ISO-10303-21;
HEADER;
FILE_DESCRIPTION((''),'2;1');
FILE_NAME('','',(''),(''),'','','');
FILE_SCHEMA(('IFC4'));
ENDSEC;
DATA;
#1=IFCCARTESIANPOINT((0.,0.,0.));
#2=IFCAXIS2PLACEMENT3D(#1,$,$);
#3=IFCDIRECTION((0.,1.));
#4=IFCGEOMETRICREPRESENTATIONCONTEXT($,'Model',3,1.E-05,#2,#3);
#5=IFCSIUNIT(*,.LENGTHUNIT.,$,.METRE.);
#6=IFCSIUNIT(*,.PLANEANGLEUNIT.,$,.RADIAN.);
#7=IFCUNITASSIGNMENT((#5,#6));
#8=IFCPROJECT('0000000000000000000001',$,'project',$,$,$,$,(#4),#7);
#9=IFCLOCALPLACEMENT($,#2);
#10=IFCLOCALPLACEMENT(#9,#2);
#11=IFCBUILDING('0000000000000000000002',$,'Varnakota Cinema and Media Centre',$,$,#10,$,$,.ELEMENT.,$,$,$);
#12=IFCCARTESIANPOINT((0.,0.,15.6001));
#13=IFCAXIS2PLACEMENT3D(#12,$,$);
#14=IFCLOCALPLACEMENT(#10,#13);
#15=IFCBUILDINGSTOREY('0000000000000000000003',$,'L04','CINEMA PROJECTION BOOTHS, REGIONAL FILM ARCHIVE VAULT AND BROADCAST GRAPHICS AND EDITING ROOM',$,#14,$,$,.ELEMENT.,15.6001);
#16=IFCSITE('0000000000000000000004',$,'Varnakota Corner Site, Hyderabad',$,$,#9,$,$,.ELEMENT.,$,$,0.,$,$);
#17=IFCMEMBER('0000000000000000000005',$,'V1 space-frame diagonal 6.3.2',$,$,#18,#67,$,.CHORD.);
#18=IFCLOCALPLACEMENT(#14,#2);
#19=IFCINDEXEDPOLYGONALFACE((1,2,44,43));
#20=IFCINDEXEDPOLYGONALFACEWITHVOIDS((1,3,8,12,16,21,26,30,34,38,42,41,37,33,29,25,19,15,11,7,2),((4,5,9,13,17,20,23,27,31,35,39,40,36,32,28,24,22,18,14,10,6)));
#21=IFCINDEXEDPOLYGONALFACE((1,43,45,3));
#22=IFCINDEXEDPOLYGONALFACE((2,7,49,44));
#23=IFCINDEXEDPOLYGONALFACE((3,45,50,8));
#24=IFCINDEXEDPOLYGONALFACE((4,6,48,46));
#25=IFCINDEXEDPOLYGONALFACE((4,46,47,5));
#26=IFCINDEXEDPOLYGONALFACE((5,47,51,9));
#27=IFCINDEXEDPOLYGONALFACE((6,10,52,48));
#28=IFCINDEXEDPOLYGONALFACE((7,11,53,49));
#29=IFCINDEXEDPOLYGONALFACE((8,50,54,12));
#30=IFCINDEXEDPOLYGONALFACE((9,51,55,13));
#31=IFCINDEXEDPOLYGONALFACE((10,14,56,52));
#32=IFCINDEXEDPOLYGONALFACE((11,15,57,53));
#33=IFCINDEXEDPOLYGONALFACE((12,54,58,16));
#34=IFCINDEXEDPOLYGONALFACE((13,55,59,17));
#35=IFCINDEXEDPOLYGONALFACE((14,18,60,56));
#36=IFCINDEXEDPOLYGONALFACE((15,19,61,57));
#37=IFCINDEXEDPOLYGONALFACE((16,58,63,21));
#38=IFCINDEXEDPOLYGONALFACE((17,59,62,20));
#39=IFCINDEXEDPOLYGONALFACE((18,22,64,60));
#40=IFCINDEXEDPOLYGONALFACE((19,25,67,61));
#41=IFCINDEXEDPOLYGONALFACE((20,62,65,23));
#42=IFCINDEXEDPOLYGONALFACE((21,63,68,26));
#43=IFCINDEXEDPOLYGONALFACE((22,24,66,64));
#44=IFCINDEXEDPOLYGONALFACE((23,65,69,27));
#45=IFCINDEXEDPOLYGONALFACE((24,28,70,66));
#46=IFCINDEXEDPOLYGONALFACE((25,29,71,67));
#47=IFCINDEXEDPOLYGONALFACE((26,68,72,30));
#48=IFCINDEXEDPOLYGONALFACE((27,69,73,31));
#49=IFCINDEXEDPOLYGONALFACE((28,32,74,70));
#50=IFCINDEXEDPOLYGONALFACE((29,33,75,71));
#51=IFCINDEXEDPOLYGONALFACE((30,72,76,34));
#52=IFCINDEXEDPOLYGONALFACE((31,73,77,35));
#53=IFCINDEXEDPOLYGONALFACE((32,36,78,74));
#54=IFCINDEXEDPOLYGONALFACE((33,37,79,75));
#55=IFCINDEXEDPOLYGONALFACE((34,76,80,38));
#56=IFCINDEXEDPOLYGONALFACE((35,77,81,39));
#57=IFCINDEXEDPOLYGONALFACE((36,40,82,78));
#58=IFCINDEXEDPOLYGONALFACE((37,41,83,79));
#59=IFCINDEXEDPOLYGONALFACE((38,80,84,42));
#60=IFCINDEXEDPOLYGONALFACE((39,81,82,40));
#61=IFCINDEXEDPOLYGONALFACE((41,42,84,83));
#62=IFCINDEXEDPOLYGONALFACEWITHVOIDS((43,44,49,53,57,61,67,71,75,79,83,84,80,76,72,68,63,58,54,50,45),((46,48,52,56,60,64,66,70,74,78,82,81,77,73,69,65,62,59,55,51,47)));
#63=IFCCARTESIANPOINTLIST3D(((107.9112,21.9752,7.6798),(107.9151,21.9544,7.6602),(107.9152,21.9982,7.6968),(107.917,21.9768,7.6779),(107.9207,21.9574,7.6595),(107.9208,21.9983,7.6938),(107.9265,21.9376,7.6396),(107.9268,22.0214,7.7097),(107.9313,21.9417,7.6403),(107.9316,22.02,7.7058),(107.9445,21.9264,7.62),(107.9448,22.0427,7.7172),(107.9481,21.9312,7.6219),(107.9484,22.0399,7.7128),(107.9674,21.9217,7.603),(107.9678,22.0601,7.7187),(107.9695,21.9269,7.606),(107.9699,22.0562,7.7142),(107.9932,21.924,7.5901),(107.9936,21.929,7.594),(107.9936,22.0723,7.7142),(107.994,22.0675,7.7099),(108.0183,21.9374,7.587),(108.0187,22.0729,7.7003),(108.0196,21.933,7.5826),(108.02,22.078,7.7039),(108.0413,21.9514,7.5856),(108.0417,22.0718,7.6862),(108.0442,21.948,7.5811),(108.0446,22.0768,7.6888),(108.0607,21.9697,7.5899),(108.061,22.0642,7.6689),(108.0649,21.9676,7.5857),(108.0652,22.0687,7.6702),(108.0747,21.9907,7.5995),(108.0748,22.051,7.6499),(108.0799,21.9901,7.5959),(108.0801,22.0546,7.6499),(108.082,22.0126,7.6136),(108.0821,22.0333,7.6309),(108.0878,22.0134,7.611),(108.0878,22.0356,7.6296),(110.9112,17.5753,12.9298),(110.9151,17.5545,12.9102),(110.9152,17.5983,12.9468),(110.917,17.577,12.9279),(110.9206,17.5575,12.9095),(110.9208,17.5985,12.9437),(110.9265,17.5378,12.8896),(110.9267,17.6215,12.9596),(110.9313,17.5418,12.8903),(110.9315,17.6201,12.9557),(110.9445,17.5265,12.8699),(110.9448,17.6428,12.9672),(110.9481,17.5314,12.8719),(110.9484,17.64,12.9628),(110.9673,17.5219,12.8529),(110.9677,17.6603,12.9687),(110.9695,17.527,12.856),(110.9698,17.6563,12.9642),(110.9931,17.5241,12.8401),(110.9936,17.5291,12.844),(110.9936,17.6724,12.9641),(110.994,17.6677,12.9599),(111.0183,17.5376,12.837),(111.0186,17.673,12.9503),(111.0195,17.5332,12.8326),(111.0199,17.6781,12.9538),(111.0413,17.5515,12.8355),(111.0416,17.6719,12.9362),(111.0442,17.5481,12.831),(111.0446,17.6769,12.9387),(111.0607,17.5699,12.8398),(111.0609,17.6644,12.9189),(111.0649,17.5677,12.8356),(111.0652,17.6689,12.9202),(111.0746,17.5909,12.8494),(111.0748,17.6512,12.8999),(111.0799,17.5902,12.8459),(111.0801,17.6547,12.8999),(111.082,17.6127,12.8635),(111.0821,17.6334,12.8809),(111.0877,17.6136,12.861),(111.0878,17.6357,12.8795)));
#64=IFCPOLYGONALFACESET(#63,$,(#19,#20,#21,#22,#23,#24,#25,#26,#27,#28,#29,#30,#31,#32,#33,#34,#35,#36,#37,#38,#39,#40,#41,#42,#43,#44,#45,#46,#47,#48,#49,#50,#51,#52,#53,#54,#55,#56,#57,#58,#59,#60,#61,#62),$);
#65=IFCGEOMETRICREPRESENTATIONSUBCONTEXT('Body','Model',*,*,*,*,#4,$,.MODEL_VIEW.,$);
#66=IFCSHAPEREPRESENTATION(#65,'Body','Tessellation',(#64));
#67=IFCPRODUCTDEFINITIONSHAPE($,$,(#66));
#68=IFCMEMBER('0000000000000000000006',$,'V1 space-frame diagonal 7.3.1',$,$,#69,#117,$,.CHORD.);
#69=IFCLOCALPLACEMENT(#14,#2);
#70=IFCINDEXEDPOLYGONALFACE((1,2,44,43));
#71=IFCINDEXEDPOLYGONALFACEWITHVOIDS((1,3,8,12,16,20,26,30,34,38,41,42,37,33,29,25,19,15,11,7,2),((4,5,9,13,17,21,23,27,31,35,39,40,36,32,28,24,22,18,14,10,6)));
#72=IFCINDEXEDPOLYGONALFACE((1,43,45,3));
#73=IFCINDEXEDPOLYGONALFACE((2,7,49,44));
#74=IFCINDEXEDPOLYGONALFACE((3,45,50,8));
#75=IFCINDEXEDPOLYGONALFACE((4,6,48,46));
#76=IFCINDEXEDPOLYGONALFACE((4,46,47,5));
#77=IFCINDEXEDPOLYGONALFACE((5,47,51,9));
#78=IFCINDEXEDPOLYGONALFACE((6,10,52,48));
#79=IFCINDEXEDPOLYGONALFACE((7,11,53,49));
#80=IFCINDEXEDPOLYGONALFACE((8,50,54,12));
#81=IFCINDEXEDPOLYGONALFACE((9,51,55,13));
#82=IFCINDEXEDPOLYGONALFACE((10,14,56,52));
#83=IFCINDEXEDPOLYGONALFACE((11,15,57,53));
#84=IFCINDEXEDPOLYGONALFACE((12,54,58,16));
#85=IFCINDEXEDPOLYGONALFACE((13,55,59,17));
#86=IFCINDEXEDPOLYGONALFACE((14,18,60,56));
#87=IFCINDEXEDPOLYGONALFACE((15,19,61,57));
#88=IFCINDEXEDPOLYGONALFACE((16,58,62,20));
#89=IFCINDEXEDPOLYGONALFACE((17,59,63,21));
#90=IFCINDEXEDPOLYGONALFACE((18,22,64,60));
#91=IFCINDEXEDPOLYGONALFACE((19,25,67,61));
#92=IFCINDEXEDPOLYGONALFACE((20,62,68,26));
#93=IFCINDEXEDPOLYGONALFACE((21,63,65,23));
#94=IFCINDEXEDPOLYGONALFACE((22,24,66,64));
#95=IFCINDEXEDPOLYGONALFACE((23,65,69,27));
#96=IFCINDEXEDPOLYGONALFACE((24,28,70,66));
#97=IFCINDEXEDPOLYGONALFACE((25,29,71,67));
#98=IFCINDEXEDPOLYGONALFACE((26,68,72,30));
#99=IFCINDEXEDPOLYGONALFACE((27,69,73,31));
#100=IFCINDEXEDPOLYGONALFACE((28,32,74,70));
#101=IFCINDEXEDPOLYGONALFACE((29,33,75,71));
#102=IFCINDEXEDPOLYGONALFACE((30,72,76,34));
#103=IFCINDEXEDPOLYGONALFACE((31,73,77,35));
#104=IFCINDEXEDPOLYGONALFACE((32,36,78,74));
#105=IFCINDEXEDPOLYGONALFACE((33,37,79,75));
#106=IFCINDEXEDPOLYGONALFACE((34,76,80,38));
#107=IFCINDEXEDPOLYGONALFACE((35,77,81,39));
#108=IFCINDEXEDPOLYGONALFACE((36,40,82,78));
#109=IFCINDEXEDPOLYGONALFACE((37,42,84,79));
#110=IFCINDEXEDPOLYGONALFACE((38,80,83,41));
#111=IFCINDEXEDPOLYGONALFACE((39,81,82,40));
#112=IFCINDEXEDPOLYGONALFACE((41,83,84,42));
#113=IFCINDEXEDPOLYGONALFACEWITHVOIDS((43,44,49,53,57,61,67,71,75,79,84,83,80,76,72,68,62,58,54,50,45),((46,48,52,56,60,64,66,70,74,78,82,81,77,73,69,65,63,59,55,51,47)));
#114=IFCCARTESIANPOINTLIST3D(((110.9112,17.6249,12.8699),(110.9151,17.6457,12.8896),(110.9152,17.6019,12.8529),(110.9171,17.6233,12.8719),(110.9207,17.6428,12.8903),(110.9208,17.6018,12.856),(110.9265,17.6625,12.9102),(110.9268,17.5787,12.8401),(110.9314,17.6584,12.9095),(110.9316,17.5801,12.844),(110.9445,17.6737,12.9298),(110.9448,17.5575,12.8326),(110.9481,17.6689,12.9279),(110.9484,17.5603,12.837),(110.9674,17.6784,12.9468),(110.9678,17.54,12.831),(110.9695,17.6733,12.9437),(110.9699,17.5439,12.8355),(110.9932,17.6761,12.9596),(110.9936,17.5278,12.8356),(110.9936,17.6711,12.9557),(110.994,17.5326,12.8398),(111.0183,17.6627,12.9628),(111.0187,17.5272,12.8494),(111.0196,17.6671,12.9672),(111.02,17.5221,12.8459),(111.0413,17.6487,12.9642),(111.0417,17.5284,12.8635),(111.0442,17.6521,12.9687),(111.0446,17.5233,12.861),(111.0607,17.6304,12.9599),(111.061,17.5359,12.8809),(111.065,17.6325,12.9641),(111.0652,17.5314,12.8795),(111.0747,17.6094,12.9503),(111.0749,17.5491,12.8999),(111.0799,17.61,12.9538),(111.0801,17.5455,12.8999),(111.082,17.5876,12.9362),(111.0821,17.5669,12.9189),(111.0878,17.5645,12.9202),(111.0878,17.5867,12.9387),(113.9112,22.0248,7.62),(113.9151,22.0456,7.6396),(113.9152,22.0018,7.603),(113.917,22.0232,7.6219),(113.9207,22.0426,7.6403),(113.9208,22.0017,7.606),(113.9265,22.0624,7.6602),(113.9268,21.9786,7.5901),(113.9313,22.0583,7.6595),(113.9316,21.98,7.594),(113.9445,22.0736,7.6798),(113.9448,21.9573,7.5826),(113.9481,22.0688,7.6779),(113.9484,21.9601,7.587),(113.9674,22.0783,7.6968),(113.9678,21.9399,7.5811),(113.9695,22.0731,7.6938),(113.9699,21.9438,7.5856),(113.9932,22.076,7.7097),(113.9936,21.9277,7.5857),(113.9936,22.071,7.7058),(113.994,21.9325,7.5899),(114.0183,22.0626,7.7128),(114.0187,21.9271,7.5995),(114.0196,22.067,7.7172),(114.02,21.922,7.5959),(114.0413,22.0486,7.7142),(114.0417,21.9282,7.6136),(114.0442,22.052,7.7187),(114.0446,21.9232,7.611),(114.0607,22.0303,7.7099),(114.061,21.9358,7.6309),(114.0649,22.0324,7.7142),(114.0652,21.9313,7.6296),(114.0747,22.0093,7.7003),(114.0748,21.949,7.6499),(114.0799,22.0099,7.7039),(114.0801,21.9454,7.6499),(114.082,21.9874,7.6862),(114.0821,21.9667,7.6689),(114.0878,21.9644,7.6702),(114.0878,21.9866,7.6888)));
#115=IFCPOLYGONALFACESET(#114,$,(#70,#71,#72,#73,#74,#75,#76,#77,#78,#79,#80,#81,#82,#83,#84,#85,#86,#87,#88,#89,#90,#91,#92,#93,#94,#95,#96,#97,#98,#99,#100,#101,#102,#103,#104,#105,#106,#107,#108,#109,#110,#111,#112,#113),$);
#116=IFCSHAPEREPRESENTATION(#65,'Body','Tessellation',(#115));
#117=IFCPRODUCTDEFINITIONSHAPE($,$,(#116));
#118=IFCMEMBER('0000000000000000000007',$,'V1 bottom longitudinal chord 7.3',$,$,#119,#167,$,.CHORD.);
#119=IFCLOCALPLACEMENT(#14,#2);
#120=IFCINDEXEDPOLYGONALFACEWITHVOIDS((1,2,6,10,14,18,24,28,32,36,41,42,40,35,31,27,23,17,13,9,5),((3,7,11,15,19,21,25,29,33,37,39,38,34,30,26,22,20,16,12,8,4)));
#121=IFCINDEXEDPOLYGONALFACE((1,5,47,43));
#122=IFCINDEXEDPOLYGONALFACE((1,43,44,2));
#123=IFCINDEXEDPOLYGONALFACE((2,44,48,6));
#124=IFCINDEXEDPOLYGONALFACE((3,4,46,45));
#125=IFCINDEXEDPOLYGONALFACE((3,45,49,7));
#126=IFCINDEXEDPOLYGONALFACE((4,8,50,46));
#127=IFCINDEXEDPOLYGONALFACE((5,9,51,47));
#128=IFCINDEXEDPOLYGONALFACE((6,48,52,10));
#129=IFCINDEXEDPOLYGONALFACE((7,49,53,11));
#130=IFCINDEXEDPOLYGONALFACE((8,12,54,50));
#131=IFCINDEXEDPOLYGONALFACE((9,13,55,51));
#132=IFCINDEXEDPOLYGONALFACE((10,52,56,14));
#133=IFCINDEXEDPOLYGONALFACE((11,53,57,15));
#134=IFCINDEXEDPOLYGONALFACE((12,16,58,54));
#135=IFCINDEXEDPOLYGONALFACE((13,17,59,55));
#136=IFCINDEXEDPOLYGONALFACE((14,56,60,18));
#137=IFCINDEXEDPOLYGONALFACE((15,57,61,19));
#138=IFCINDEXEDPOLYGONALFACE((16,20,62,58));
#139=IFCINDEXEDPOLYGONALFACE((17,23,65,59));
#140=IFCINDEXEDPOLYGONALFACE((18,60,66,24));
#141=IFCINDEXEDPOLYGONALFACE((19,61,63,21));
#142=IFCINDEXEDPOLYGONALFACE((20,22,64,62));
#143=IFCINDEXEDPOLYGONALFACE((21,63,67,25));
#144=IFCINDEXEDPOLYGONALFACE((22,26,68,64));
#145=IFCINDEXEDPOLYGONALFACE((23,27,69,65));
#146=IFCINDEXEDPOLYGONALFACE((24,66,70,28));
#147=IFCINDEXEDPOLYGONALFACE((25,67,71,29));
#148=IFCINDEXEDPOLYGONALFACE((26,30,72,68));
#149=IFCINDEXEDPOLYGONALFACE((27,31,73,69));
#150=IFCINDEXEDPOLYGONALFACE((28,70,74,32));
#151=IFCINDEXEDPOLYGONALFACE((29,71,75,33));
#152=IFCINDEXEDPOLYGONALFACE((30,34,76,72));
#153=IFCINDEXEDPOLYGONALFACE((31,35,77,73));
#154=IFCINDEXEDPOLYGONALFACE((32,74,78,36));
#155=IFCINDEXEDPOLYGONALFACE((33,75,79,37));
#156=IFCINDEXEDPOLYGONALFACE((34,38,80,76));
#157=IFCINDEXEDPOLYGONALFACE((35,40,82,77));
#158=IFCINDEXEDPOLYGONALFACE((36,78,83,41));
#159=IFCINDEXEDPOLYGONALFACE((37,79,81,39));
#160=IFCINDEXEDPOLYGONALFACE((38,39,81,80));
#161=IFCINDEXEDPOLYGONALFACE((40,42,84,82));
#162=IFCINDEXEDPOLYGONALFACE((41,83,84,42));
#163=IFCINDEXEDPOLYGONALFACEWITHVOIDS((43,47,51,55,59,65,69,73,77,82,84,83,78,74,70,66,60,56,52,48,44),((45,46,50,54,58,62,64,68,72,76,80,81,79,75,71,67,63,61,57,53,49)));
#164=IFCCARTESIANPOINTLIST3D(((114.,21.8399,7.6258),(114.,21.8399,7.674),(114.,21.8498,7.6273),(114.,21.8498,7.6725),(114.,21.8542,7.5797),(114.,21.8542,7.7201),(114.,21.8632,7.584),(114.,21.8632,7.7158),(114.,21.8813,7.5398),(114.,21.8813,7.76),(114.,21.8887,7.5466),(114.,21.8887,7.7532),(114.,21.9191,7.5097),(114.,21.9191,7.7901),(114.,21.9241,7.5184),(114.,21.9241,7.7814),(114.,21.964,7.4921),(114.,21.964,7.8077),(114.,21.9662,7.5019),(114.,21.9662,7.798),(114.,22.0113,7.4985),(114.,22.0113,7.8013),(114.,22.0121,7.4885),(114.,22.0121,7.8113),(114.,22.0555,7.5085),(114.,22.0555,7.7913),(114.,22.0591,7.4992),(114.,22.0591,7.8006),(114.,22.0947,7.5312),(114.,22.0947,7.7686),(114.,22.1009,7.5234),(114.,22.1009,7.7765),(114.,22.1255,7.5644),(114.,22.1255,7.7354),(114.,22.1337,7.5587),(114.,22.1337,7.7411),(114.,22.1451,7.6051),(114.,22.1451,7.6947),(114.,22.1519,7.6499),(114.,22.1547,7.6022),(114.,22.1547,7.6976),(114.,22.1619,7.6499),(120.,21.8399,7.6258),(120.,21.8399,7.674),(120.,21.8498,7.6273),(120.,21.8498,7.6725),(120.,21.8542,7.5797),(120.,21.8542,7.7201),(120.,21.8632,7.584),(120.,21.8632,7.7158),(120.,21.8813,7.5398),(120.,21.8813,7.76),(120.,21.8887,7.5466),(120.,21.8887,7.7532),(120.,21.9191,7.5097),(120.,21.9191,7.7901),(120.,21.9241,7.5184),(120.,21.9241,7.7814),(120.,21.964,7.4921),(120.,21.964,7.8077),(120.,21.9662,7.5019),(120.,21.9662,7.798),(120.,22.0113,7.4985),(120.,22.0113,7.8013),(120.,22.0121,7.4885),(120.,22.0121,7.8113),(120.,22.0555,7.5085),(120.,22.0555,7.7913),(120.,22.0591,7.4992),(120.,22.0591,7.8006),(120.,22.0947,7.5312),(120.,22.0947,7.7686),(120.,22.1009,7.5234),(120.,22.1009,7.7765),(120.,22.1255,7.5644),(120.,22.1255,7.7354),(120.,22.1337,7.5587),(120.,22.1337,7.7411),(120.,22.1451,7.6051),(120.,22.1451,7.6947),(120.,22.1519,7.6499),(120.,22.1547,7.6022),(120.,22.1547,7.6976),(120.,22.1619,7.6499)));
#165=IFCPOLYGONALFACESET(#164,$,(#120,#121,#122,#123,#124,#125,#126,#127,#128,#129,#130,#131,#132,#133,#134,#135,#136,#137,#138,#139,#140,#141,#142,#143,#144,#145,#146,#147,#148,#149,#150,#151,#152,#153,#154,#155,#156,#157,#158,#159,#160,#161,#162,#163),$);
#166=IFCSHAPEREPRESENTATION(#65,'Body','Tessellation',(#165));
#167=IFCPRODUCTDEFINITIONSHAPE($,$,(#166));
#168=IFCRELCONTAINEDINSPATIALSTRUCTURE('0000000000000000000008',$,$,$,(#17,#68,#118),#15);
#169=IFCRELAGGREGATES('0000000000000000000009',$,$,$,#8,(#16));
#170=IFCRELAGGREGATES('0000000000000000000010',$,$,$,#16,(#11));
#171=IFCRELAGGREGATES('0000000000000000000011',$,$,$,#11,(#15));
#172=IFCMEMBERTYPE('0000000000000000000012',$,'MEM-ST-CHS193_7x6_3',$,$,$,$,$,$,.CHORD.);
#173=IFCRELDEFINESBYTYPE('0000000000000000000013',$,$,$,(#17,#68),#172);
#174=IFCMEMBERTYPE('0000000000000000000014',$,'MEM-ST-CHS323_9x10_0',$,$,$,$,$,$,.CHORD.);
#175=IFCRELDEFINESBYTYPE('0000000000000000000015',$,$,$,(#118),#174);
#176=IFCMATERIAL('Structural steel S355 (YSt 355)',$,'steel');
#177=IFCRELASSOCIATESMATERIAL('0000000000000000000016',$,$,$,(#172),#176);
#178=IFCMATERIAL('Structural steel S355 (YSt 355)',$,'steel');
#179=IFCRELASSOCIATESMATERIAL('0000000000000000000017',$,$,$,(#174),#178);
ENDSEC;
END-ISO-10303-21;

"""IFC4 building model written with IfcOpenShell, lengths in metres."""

from ifc_helpers import new_model, si_unit, direction, frame, origin, origin_2d, place, context, subcontext, project, spatial, hollow_circle, extrude, material, material_profile, profile_set, type_object, element, save


model = new_model("IFC4")

# Units and contexts
model_context = context("Model", 3, precision=1e-05, world=origin(), true_north=direction((0.0, 1.0)))
body_context = subcontext(model_context, "Body", "Model", "MODEL_VIEW")
ifc_project = project(units=[si_unit("LENGTHUNIT", "METRE"), si_unit("PLANEANGLEUNIT", "RADIAN")], contexts=[model_context])

# Site, building, storey
site_placement = place(None, origin())
site = spatial("IfcSite", under=ifc_project, at=site_placement, Name="Varnakota Corner Site, Hyderabad", CompositionType="ELEMENT", RefElevation=0.0)
building_placement = place(site_placement, origin())
building = spatial("IfcBuilding", under=site, at=building_placement, Name="Varnakota Cinema and Media Centre", CompositionType="ELEMENT")
storey_placement = place(building_placement, frame((0.0, 0.0, 15.6001)))
storey = spatial("IfcBuildingStorey", under=building, at=storey_placement, Name="L04", Description="CINEMA PROJECTION BOOTHS, REGIONAL FILM ARCHIVE VAULT AND BROADCAST GRAPHICS AND EDITING ROOM", CompositionType="ELEMENT", Elevation=15.6001)

# Members
ifc_material_1 = material(Name="Structural steel S355 (YSt 355)", Category="steel")
ifc_material_profile_1 = material_profile(ifc_material_1, hollow_circle(Radius=0.0969, WallThickness=0.0063, at=origin_2d()), Name="CHS 193.7x6.3")
ifc_profile_set_1 = profile_set([ifc_material_profile_1], Name="Structural steel S355 (YSt 355)")
member_type_1 = type_object("IfcMemberType", Name="MEM-ST-CHS193_7x6_3", PredefinedType="CHORD", material=ifc_profile_set_1)
for number, where, z_axis, x_axis, name in (
    (1, (108.0, 22.0, 7.6499), (0.401173, -0.588373, 0.702052), (0.826222, 0.563345, 0.0), "V1 space-frame diagonal 6.3.2"),
    (2, (114.0, 22.0, 7.6499), (-0.401173, -0.588373, 0.702052), (0.826222, -0.563345, 0.0), "V1 space-frame diagonal 7.3.1"),
):
    element("IfcMember", number, at=place(storey_placement, frame(where, z_axis=z_axis, x_axis=x_axis)), inside=storey, type_object=member_type_1, Name=name, PredefinedType="CHORD", context=body_context, shape_type="SweptSolid", body=[
        extrude(hollow_circle(Radius=0.0969, WallThickness=0.0063, at=origin_2d()), origin(), (0.0, 0.0, 1.0), 7.478),
    ])
ifc_material_2 = material(Name="Structural steel S355 (YSt 355)", Category="steel")
ifc_material_profile_2 = material_profile(ifc_material_2, hollow_circle(Radius=0.1619, WallThickness=0.01, at=origin_2d()), Name="CHS 323.9x10.0")
ifc_profile_set_2 = profile_set([ifc_material_profile_2], Name="Structural steel S355 (YSt 355)")
member_type_2 = type_object("IfcMemberType", Name="MEM-ST-CHS323_9x10_0", PredefinedType="CHORD", material=ifc_profile_set_2)
member_1_placement = place(storey_placement, frame((114.0, 22.0, 7.6499), z_axis=(1.0, 0.0, 0.0), x_axis=(0.0, 1.0, 0.0)))
element("IfcMember", 3, at=member_1_placement, inside=storey, type_object=member_type_2, Name="V1 bottom longitudinal chord 7.3", PredefinedType="CHORD", context=body_context, shape_type="SweptSolid", body=[
    extrude(hollow_circle(Radius=0.1619, WallThickness=0.01, at=origin_2d()), origin(), (0.0, 0.0, 1.0), 6.0),
])

save(model, "model.ifc")
